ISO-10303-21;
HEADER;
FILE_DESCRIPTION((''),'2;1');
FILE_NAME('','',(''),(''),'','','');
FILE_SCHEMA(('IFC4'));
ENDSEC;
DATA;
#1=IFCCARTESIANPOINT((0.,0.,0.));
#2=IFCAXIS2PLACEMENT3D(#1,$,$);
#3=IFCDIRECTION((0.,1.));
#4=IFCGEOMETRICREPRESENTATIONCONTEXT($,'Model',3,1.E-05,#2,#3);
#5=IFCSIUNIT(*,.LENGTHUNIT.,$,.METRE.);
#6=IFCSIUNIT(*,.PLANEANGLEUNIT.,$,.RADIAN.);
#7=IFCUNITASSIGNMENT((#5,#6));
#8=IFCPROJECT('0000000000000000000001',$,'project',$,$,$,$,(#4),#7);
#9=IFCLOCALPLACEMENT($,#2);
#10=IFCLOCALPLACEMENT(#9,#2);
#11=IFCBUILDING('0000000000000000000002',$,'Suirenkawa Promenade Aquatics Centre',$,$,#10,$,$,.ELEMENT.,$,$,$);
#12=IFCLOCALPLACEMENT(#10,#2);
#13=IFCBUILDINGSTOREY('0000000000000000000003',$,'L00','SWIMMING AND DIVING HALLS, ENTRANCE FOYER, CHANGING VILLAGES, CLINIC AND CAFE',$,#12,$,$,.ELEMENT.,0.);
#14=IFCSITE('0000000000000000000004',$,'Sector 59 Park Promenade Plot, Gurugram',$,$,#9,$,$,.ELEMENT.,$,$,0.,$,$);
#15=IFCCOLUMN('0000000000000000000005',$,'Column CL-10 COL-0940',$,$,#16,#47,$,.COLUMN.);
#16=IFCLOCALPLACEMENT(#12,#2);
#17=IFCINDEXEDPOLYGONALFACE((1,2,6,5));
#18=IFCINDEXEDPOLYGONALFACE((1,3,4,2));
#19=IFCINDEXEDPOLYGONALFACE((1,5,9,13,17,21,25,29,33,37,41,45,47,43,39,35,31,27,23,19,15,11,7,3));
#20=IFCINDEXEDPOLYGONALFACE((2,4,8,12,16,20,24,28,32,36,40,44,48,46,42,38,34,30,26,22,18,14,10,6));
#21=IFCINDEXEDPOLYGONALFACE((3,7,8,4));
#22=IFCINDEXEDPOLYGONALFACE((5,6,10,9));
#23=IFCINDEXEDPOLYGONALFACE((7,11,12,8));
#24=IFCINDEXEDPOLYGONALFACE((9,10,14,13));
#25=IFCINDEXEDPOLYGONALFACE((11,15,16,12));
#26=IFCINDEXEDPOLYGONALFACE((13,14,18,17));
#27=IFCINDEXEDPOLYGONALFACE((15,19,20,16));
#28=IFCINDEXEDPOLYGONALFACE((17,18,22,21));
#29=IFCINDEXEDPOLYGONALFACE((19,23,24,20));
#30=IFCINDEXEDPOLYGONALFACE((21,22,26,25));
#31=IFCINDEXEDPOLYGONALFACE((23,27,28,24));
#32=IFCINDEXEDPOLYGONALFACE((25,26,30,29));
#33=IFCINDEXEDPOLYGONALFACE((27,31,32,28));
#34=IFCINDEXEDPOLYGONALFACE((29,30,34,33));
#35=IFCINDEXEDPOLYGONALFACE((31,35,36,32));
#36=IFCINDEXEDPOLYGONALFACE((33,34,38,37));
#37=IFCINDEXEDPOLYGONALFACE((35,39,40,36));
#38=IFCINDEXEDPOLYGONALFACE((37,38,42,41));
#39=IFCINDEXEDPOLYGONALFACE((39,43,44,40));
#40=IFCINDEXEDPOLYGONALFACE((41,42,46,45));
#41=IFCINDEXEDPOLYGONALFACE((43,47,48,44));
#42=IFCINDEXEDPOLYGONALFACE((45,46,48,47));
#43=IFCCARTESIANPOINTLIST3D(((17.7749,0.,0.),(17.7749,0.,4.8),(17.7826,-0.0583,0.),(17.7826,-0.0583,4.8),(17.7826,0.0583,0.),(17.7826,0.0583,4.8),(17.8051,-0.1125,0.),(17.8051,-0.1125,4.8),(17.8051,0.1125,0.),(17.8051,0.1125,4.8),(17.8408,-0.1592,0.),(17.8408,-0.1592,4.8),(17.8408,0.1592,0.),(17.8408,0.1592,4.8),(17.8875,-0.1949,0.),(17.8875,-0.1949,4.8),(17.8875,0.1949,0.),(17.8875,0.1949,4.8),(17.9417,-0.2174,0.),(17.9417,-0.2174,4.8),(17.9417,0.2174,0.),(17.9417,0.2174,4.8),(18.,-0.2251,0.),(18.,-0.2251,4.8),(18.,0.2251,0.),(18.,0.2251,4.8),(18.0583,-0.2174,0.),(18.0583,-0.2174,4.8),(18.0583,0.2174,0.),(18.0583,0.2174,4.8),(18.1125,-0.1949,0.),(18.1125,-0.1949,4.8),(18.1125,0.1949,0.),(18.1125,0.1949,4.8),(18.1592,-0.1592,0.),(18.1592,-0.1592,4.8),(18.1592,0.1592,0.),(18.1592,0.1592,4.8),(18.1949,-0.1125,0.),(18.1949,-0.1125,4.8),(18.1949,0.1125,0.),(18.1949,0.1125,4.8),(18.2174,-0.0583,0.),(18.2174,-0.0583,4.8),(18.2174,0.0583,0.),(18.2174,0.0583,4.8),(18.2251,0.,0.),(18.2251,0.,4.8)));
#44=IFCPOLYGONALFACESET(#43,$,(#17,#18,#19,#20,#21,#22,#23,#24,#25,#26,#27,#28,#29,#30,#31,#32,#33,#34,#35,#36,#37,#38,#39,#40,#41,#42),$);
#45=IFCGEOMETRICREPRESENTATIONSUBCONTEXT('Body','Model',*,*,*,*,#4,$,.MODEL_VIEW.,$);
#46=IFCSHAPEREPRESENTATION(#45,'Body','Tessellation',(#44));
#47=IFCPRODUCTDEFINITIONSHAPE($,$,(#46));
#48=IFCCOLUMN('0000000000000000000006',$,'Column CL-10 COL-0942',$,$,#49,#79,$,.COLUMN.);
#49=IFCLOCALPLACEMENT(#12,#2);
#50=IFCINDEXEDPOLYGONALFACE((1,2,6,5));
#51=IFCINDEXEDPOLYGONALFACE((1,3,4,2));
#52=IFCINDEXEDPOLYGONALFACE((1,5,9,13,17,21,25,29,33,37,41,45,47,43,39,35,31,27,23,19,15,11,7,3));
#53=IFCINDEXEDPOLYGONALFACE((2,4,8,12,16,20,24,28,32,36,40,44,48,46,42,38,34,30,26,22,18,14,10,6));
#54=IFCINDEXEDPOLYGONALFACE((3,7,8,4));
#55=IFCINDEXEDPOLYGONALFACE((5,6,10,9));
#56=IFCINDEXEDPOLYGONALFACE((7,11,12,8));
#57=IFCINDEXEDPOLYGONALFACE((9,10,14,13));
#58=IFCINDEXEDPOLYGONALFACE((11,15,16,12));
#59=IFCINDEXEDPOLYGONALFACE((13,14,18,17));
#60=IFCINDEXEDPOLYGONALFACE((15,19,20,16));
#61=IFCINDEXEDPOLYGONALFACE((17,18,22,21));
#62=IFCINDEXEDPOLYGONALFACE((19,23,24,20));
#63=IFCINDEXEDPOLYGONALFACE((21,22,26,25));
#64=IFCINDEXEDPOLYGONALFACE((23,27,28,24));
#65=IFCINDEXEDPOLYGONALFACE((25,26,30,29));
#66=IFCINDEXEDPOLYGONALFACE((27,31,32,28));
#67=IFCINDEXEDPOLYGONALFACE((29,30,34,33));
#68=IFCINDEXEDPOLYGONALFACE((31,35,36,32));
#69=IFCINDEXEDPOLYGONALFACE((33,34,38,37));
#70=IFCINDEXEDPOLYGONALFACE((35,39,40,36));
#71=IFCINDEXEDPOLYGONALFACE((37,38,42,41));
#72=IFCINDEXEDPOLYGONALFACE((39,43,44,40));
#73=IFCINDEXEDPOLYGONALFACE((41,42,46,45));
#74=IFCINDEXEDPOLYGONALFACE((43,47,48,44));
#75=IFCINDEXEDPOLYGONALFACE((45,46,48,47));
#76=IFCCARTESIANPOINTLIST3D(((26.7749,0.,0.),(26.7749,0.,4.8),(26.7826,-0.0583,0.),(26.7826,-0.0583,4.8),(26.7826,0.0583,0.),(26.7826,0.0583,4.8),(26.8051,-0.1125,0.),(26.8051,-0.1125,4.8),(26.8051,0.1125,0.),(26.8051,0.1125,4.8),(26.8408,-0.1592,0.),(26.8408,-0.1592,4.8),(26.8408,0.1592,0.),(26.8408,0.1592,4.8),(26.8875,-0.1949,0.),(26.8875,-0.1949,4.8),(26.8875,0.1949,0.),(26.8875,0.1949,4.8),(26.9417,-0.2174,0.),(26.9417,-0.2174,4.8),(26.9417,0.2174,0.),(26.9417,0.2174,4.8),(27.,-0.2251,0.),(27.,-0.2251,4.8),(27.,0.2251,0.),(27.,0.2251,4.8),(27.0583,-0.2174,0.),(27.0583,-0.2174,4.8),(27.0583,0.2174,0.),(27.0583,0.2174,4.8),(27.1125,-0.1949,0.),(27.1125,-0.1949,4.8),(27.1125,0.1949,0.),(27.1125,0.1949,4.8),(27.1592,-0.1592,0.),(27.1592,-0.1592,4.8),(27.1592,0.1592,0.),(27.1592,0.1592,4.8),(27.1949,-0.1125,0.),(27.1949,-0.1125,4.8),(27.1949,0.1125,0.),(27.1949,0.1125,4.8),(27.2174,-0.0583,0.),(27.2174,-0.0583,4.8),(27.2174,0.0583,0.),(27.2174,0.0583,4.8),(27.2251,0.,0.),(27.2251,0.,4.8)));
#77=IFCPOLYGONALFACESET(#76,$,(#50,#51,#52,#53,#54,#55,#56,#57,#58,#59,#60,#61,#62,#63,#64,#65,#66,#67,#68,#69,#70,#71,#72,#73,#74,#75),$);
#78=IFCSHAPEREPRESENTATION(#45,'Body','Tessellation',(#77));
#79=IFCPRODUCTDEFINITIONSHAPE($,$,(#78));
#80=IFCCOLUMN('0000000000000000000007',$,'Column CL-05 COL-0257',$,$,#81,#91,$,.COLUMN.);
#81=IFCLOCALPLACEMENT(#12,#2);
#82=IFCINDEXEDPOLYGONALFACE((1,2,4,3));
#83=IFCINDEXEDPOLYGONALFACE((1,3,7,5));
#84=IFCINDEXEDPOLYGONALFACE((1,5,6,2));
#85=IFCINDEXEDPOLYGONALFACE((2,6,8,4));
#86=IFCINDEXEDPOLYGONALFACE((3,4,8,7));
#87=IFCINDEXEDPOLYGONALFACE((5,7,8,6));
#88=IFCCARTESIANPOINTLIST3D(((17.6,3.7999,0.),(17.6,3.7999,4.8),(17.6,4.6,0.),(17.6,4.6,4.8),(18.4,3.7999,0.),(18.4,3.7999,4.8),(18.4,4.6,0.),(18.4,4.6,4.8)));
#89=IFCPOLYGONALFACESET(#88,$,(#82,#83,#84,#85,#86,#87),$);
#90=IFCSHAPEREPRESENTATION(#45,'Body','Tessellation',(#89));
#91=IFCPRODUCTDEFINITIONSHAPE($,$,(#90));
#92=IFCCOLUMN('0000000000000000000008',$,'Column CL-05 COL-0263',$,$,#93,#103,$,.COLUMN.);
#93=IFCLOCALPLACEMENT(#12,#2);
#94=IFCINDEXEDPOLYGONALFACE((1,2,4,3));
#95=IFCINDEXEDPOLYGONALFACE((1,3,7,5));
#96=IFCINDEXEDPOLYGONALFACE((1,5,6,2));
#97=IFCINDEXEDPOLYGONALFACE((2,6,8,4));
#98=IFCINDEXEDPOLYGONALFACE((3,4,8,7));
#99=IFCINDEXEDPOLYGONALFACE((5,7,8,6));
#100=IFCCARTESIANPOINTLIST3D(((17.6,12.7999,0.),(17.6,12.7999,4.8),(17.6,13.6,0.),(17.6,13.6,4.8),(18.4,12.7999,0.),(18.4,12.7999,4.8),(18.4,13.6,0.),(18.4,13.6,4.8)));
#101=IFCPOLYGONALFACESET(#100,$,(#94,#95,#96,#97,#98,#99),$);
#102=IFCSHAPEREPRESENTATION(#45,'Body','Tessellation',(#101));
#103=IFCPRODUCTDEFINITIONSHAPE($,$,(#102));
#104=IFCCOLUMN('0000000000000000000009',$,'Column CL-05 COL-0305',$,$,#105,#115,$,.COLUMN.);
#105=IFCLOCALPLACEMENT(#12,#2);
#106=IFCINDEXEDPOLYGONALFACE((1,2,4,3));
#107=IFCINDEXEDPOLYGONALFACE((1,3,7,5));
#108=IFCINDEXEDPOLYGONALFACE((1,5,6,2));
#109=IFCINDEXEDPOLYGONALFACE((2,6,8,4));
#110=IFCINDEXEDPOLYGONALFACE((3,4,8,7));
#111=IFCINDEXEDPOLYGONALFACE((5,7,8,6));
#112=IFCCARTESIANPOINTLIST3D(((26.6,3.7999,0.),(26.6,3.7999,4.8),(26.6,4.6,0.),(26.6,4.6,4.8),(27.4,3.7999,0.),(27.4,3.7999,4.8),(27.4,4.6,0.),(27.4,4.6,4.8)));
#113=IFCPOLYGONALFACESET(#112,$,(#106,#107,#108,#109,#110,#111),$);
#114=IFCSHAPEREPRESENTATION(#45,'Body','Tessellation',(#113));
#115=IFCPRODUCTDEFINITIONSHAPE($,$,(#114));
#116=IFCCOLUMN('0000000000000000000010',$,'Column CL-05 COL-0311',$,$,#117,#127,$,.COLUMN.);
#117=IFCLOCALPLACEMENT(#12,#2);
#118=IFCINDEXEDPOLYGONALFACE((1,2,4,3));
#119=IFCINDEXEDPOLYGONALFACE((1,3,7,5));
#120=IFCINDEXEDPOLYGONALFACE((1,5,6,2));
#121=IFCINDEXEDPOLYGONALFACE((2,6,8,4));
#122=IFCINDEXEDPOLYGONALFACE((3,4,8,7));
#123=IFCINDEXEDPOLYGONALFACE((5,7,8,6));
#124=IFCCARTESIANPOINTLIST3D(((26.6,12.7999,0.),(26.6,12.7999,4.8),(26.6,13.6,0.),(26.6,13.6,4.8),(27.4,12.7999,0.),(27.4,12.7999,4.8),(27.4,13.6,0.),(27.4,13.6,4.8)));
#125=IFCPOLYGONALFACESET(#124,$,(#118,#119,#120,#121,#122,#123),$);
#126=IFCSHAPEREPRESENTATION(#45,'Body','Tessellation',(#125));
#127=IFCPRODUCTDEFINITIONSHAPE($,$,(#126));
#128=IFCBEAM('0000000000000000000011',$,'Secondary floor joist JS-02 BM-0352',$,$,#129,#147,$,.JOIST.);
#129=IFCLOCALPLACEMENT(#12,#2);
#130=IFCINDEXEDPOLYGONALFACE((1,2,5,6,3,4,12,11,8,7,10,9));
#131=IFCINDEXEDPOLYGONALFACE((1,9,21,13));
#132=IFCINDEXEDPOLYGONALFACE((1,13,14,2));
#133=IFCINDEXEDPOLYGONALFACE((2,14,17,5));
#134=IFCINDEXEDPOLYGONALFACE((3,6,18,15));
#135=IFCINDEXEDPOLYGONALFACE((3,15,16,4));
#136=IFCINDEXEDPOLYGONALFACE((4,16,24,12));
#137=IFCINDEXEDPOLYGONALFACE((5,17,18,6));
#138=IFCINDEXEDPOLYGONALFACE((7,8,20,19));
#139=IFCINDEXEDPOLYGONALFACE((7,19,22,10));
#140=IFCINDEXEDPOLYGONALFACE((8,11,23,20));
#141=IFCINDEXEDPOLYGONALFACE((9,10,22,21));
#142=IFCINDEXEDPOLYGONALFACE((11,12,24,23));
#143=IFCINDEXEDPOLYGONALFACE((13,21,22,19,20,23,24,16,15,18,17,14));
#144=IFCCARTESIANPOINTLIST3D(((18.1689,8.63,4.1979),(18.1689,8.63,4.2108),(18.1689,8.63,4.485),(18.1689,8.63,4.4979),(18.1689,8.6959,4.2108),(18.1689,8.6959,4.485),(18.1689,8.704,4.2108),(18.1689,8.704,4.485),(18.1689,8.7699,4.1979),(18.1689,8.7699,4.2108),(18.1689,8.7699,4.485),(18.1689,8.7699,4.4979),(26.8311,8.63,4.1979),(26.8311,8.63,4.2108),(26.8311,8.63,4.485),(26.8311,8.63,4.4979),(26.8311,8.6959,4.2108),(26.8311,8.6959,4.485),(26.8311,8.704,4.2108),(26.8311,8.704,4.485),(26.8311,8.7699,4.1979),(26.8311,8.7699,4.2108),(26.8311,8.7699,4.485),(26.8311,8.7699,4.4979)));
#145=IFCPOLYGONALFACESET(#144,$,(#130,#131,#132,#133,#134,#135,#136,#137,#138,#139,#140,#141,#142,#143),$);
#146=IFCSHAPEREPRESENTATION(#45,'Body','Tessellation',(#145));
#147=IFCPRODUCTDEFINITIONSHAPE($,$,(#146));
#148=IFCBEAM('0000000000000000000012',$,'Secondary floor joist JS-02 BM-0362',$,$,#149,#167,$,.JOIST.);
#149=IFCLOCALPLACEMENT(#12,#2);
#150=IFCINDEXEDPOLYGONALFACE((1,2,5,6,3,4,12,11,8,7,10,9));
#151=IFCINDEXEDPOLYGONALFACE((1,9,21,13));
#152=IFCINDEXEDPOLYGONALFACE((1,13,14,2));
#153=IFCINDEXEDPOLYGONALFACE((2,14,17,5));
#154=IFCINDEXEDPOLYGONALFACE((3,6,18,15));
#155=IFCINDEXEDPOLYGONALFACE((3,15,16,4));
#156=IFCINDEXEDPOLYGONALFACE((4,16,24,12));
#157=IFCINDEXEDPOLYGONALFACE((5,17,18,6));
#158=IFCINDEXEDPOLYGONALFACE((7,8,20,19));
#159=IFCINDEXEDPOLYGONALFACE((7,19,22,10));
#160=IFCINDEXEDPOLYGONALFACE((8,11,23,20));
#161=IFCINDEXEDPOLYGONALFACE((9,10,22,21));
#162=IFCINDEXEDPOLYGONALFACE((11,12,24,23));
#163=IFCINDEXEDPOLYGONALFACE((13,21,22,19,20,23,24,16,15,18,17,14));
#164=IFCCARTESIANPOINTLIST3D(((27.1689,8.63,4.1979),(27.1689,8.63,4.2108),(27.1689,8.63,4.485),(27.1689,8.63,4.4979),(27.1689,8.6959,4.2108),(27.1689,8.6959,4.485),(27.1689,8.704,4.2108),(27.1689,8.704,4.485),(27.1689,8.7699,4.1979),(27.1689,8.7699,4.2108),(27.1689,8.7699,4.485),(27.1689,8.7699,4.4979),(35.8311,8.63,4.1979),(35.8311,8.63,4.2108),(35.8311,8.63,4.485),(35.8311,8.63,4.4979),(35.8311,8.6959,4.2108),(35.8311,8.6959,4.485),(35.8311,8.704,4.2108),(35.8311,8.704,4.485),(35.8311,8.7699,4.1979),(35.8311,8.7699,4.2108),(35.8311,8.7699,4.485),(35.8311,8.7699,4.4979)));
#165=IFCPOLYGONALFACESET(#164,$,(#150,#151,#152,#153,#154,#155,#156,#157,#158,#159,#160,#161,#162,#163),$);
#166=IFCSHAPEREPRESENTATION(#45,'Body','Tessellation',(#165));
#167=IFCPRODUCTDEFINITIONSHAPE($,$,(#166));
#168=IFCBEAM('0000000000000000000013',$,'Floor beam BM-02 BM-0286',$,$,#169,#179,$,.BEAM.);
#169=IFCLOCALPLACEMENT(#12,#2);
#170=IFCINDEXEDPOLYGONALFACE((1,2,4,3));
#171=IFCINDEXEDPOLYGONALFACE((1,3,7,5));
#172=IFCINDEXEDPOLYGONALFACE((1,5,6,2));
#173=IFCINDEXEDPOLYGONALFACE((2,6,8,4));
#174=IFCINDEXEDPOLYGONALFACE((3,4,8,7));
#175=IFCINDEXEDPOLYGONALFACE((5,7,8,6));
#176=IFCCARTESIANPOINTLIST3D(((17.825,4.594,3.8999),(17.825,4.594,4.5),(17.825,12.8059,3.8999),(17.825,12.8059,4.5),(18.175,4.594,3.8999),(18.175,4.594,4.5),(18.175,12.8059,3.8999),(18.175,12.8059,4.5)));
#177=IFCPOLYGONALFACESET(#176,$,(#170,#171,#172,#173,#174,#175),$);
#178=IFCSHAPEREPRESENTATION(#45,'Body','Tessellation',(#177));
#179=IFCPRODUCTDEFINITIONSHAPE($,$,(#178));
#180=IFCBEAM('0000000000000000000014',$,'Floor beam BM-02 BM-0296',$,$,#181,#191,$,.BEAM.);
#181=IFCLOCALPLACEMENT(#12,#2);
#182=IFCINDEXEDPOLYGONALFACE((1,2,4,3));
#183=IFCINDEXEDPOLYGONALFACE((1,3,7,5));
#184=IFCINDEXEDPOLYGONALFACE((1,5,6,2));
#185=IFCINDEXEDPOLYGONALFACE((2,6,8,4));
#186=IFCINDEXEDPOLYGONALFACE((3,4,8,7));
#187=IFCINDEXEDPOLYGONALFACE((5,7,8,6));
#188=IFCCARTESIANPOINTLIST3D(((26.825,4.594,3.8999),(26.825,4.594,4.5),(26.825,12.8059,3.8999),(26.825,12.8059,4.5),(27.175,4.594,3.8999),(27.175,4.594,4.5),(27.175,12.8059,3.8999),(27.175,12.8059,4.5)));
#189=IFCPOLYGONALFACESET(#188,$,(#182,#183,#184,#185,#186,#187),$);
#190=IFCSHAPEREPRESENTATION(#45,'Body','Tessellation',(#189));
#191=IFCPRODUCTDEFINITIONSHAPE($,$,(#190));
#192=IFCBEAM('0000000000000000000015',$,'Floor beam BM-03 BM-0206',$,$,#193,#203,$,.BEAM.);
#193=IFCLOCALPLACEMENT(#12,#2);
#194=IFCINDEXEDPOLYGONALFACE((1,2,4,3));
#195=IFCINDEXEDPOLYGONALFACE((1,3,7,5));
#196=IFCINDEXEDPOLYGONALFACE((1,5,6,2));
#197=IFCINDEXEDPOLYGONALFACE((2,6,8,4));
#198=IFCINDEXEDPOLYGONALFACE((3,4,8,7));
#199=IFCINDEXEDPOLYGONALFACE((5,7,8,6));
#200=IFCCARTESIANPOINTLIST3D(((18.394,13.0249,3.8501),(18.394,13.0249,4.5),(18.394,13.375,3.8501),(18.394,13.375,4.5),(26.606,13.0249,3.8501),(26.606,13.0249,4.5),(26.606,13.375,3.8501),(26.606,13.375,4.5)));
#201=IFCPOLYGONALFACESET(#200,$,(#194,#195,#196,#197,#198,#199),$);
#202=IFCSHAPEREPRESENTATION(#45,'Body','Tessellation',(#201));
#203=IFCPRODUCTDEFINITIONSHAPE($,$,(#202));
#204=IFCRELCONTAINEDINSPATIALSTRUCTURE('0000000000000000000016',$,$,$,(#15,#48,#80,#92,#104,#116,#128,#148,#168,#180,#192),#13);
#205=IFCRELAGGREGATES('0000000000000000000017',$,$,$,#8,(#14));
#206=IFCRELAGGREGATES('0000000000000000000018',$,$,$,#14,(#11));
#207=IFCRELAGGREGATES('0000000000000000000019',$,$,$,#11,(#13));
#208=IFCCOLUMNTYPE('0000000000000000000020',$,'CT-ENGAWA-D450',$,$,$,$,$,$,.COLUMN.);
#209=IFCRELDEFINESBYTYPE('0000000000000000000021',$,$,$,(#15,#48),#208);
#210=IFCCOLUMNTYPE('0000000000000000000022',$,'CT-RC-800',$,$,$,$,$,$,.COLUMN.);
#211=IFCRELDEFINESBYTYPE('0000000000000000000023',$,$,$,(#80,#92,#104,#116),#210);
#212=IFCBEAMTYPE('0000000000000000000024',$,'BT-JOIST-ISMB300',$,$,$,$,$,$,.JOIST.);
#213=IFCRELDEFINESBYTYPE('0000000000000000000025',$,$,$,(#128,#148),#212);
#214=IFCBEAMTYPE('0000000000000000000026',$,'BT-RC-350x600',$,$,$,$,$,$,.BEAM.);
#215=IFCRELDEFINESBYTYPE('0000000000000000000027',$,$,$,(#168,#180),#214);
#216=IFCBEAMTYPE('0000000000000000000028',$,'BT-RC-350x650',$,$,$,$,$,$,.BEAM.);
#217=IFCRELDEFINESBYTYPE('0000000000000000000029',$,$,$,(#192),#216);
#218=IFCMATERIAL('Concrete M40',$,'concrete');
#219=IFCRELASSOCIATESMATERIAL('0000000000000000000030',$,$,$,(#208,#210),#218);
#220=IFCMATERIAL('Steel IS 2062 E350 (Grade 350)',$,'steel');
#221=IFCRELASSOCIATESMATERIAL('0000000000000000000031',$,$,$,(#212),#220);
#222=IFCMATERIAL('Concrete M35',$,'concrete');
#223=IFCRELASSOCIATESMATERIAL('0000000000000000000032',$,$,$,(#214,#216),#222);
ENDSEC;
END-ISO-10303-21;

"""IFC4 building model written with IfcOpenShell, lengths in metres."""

from ifc_helpers import new_model, si_unit, direction, frame, origin, origin_2d, place, context, subcontext, project, spatial, rectangle, circle, i_section, extrude, material, material_profile, profile_set, type_object, element, save


model = new_model("IFC4")

# Units and contexts
model_context = context("Model", 3, precision=1e-05, world=origin(), true_north=direction((0.0, 1.0)))
body_context = subcontext(model_context, "Body", "Model", "MODEL_VIEW")
ifc_project = project(units=[si_unit("LENGTHUNIT", "METRE"), si_unit("PLANEANGLEUNIT", "RADIAN")], contexts=[model_context])

# Site, building, storey
site_placement = place(None, origin())
site = spatial("IfcSite", under=ifc_project, at=site_placement, Name="Sector 59 Park Promenade Plot, Gurugram", CompositionType="ELEMENT", RefElevation=0.0)
building_placement = place(site_placement, origin())
building = spatial("IfcBuilding", under=site, at=building_placement, Name="Suirenkawa Promenade Aquatics Centre", CompositionType="ELEMENT")
storey_placement = place(building_placement, origin())
storey = spatial("IfcBuildingStorey", under=building, at=storey_placement, Name="L00", Description="SWIMMING AND DIVING HALLS, ENTRANCE FOYER, CHANGING VILLAGES, CLINIC AND CAFE", CompositionType="ELEMENT", Elevation=0.0)

# Columns
ifc_material_1 = material(Name="Concrete M40", Category="concrete")
ifc_material_profile_1 = material_profile(ifc_material_1, circle(Radius=0.2251, at=origin_2d()), Name="RC ENGAWA D450", Category="concrete")
ifc_profile_set_1 = profile_set([ifc_material_profile_1], Name="Concrete M40")
column_type_1 = type_object("IfcColumnType", Name="CT-ENGAWA-D450", PredefinedType="COLUMN", material=ifc_profile_set_1)
for number, where, z_axis, x_axis, name in (
    (1, (18.0, 0.0, 0.0), (0.0, 0.0, 1.0), (1.0, 0.0, 0.0), "Column CL-10 COL-0940"),
    (2, (27.0, 0.0, 0.0), (0.0, 0.0, 1.0), (1.0, 0.0, 0.0), "Column CL-10 COL-0942"),
):
    element("IfcColumn", number, at=place(storey_placement, frame(where, z_axis=z_axis, x_axis=x_axis)), inside=storey, type_object=column_type_1, Name=name, PredefinedType="COLUMN", context=body_context, shape_type="SweptSolid", body=[
        extrude(circle(Radius=0.2251, at=origin_2d()), origin(), (0.0, 0.0, 1.0), 4.8),
    ])
ifc_material_profile_2 = material_profile(ifc_material_1, rectangle(XDim=0.8, YDim=0.8, at=origin_2d()), Name="RC COL 800x800", Category="concrete")
ifc_profile_set_2 = profile_set([ifc_material_profile_2], Name="Concrete M40")
column_type_2 = type_object("IfcColumnType", Name="CT-RC-800", PredefinedType="COLUMN", material=ifc_profile_set_2)
for number, where, z_axis, x_axis, name in (
    (3, (18.0, 4.2, 0.0), (0.0, 0.0, 1.0), (1.0, 0.0, 0.0), "Column CL-05 COL-0257"),
    (4, (18.0, 13.2, 0.0), (0.0, 0.0, 1.0), (1.0, 0.0, 0.0), "Column CL-05 COL-0263"),
    (5, (27.0, 4.2, 0.0), (0.0, 0.0, 1.0), (1.0, 0.0, 0.0), "Column CL-05 COL-0305"),
    (6, (27.0, 13.2, 0.0), (0.0, 0.0, 1.0), (1.0, 0.0, 0.0), "Column CL-05 COL-0311"),
):
    element("IfcColumn", number, at=place(storey_placement, frame(where, z_axis=z_axis, x_axis=x_axis)), inside=storey, type_object=column_type_2, Name=name, PredefinedType="COLUMN", context=body_context, shape_type="SweptSolid", body=[
        extrude(rectangle(XDim=0.8, YDim=0.8, at=origin_2d()), origin(), (0.0, 0.0, 1.0), 4.8),
    ])

# Beams
ifc_material_2 = material(Name="Steel IS 2062 E350 (Grade 350)", Category="steel")
ifc_material_profile_3 = material_profile(ifc_material_2, i_section(OverallWidth=0.1399, OverallDepth=0.3, WebThickness=0.0081, FlangeThickness=0.0129, at=origin_2d()), Name="ISMB 300", Category="steel")
ifc_profile_set_3 = profile_set([ifc_material_profile_3], Name="Steel IS 2062 E350 (Grade 350)")
beam_type_1 = type_object("IfcBeamType", Name="BT-JOIST-ISMB300", PredefinedType="JOIST", material=ifc_profile_set_3)
for number, where, z_axis, x_axis, name in (
    (7, (18.1689, 8.7, 4.3479), (1.0, 0.0, 0.0), (0.0, 1.0, 0.0), "Secondary floor joist JS-02 BM-0352"),
    (8, (27.1689, 8.7, 4.3479), (1.0, 0.0, 0.0), (0.0, 1.0, 0.0), "Secondary floor joist JS-02 BM-0362"),
):
    element("IfcBeam", number, at=place(storey_placement, frame(where, z_axis=z_axis, x_axis=x_axis)), inside=storey, type_object=beam_type_1, Name=name, PredefinedType="JOIST", context=body_context, shape_type="SweptSolid", body=[
        extrude(i_section(OverallWidth=0.1399, OverallDepth=0.3, WebThickness=0.0081, FlangeThickness=0.0129, at=origin_2d()), origin(), (0.0, 0.0, 1.0), 8.6621),
    ])
ifc_material_3 = material(Name="Concrete M35", Category="concrete")
ifc_material_profile_4 = material_profile(ifc_material_3, rectangle(XDim=0.3501, YDim=0.6001, at=origin_2d()), Name="RC BM 350x600", Category="concrete")
ifc_profile_set_4 = profile_set([ifc_material_profile_4], Name="Concrete M35")
beam_type_2 = type_object("IfcBeamType", Name="BT-RC-350x600", PredefinedType="BEAM", material=ifc_profile_set_4)
for number, where, z_axis, x_axis, name in (
    (9, (18.0, 4.594, 4.2), (0.0, 1.0, 0.0), (-1.0, 0.0, 0.0), "Floor beam BM-02 BM-0286"),
    (10, (27.0, 4.594, 4.2), (0.0, 1.0, 0.0), (-1.0, 0.0, 0.0), "Floor beam BM-02 BM-0296"),
):
    element("IfcBeam", number, at=place(storey_placement, frame(where, z_axis=z_axis, x_axis=x_axis)), inside=storey, type_object=beam_type_2, Name=name, PredefinedType="BEAM", context=body_context, shape_type="SweptSolid", body=[
        extrude(rectangle(XDim=0.3501, YDim=0.6001, at=origin_2d()), origin(), (0.0, 0.0, 1.0), 8.2119),
    ])
ifc_material_profile_5 = material_profile(ifc_material_3, rectangle(XDim=0.3501, YDim=0.6499, at=origin_2d()), Name="RC BM 350x650", Category="concrete")
ifc_profile_set_5 = profile_set([ifc_material_profile_5], Name="Concrete M35")
beam_type_3 = type_object("IfcBeamType", Name="BT-RC-350x650", PredefinedType="BEAM", material=ifc_profile_set_5)
beam_1_placement = place(storey_placement, frame((18.394, 13.2, 4.175), z_axis=(1.0, 0.0, 0.0), x_axis=(0.0, 1.0, 0.0)))
element("IfcBeam", 11, at=beam_1_placement, inside=storey, type_object=beam_type_3, Name="Floor beam BM-03 BM-0206", PredefinedType="BEAM", context=body_context, shape_type="SweptSolid", body=[
    extrude(rectangle(XDim=0.3501, YDim=0.6499, at=origin_2d()), origin(), (0.0, 0.0, 1.0), 8.2119),
])

save(model, "model.ifc")
